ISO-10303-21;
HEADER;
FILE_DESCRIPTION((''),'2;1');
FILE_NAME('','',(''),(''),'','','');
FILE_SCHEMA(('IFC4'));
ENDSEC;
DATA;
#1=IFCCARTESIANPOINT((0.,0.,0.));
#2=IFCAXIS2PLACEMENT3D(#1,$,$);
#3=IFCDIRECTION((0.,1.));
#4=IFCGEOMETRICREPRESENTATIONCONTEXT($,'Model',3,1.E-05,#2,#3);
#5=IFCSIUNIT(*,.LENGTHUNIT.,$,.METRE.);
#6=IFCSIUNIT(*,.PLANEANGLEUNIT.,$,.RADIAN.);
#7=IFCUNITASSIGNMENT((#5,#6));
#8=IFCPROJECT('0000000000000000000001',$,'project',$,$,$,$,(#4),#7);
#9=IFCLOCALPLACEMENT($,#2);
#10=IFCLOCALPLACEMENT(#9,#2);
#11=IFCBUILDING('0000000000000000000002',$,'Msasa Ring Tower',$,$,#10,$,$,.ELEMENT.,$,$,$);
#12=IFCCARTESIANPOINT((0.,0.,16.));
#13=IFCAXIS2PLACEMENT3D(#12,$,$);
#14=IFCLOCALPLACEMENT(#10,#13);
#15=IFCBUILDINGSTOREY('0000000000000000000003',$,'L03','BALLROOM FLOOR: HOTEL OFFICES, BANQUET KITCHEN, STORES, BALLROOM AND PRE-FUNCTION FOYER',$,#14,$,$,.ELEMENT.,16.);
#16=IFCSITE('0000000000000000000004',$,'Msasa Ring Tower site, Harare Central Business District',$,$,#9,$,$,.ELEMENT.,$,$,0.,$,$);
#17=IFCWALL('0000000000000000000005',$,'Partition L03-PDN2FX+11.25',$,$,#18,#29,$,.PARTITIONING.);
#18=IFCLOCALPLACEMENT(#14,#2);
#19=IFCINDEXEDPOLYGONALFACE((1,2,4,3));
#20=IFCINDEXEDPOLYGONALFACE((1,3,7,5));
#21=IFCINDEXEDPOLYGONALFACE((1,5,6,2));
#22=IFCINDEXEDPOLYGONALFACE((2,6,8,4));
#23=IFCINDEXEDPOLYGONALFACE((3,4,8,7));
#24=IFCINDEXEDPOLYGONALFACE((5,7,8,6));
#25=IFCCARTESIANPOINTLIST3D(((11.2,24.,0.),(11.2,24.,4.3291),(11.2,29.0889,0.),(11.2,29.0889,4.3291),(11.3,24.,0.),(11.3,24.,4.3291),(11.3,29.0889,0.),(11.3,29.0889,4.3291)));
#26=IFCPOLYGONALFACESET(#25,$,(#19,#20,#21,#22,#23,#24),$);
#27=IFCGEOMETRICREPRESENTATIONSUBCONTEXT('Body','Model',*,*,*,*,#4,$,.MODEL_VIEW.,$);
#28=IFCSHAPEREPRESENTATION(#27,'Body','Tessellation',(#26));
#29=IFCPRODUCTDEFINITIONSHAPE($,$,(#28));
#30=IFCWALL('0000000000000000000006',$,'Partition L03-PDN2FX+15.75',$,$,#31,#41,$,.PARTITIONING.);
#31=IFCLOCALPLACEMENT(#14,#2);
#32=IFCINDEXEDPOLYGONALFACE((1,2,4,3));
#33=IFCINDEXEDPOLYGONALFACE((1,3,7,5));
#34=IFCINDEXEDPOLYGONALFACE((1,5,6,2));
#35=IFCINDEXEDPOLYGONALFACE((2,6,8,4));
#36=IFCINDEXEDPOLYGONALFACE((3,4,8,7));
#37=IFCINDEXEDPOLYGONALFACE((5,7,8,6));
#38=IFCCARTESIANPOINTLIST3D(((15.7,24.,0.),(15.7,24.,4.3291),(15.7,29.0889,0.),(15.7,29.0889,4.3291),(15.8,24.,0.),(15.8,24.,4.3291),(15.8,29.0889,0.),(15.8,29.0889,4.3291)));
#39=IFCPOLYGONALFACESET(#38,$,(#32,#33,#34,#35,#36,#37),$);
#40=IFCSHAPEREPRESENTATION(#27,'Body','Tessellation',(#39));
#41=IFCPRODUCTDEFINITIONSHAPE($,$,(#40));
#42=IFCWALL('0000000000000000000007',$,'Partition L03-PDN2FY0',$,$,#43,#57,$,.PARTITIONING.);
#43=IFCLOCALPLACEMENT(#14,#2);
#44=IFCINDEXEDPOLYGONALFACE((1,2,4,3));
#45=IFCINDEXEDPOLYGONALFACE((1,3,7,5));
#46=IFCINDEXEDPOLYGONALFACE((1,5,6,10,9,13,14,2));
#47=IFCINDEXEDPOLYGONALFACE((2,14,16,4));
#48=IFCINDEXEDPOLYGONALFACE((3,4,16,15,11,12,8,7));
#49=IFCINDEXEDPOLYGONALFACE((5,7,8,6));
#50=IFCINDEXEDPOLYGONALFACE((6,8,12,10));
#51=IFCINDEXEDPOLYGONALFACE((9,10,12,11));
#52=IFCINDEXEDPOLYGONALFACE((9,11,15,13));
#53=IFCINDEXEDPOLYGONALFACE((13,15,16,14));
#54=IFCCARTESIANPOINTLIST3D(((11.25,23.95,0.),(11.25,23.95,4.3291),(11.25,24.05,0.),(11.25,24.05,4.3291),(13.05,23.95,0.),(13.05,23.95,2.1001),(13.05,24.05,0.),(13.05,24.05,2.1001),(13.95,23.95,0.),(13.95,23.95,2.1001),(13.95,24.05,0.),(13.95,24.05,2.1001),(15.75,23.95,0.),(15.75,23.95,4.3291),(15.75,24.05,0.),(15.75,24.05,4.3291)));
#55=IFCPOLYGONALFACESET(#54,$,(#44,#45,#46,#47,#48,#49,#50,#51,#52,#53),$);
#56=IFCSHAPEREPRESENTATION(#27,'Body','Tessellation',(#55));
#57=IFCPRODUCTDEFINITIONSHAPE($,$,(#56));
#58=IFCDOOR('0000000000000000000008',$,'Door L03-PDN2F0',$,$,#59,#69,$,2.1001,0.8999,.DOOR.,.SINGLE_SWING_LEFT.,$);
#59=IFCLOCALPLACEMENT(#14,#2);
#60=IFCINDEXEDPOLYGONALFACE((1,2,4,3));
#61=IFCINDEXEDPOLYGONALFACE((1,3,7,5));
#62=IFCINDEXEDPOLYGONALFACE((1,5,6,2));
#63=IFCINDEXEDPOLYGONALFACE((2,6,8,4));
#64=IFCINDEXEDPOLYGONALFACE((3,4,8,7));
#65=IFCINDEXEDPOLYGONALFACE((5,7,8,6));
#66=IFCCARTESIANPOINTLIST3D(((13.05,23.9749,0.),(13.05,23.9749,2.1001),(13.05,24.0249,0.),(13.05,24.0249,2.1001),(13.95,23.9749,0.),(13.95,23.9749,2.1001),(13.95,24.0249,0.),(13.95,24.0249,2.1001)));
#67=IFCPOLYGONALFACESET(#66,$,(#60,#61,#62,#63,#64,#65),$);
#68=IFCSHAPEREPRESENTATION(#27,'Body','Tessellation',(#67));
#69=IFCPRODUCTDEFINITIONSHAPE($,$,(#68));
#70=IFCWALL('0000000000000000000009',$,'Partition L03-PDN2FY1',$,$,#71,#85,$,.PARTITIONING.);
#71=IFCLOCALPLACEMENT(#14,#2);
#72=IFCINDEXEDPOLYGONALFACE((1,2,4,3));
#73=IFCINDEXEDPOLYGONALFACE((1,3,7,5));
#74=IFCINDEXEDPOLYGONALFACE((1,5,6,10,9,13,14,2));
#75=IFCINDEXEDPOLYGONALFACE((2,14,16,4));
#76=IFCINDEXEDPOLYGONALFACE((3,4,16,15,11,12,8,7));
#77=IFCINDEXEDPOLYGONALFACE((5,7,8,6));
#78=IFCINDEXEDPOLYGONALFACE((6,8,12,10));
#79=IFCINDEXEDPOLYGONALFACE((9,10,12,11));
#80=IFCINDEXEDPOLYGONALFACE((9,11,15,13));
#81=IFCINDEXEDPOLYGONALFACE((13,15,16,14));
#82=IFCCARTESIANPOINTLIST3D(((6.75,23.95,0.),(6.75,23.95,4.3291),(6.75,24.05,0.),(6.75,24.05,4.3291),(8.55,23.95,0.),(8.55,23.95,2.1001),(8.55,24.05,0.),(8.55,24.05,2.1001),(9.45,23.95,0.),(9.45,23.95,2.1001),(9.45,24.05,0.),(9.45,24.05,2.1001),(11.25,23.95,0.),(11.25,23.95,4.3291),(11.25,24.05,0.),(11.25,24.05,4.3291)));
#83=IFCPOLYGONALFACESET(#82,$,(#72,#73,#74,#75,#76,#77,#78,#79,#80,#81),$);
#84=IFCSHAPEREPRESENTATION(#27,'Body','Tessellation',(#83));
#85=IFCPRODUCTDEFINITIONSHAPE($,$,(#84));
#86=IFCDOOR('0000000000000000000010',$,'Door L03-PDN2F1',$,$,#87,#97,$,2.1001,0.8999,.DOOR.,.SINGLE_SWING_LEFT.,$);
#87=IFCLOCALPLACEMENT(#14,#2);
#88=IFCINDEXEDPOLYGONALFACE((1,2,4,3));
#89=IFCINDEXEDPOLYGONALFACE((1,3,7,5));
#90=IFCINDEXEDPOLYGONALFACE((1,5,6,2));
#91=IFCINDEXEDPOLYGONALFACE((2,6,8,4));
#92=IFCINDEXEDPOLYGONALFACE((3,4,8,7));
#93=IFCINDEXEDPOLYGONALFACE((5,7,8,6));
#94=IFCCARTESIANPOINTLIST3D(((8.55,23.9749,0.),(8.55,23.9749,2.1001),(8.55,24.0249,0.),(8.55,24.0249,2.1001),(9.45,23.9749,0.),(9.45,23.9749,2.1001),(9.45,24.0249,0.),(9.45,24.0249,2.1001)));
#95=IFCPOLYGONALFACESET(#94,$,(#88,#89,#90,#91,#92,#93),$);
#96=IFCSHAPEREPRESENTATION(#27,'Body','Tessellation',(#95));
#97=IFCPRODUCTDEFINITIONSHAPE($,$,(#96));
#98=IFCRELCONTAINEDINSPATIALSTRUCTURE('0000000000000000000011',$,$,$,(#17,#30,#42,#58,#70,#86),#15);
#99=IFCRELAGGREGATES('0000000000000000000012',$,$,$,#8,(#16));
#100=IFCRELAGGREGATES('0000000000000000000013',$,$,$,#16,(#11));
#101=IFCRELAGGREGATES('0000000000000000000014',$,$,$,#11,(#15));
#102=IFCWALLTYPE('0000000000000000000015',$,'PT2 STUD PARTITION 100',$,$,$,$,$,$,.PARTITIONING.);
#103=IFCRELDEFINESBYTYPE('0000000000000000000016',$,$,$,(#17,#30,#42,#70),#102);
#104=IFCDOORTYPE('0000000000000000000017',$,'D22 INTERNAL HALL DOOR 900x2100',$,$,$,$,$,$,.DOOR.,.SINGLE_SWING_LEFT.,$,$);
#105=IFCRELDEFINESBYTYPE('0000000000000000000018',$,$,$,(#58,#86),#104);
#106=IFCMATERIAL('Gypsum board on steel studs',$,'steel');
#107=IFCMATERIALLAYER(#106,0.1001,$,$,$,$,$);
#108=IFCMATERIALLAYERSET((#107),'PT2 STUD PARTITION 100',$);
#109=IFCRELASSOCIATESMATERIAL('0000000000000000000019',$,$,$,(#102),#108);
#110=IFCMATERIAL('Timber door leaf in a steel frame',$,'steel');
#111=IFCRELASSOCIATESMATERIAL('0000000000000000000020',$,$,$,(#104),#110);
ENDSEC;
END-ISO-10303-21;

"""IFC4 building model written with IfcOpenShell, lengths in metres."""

from ifc_helpers import new_model, si_unit, direction, frame, frame_2d, origin, place, context, subcontext, project, spatial, rectangle, extrude, material, layer, layer_set, type_object, element, fill, save


model = new_model("IFC4")

# Units and contexts
model_context = context("Model", 3, precision=1e-05, world=origin(), true_north=direction((0.0, 1.0)))
body_context = subcontext(model_context, "Body", "Model", "MODEL_VIEW")
ifc_project = project(units=[si_unit("LENGTHUNIT", "METRE"), si_unit("PLANEANGLEUNIT", "RADIAN")], contexts=[model_context])

# Site, building, storey
site_placement = place(None, origin())
site = spatial("IfcSite", under=ifc_project, at=site_placement, Name="Msasa Ring Tower site, Harare Central Business District", CompositionType="ELEMENT", RefElevation=0.0)
building_placement = place(site_placement, origin())
building = spatial("IfcBuilding", under=site, at=building_placement, Name="Msasa Ring Tower", CompositionType="ELEMENT")
storey_placement = place(building_placement, frame((0.0, 0.0, 16.0)))
storey = spatial("IfcBuildingStorey", under=building, at=storey_placement, Name="L03", Description="BALLROOM FLOOR: HOTEL OFFICES, BANQUET KITCHEN, STORES, BALLROOM AND PRE-FUNCTION FOYER", CompositionType="ELEMENT", Elevation=16.0)

# Shared definitions
ifc_material_1 = material(Name="Gypsum board on steel studs", Category="steel")
ifc_layer = layer(ifc_material_1, 0.1001)
ifc_layer_set = layer_set([ifc_layer], Name="PT2 STUD PARTITION 100")
wall_type = type_object("IfcWallType", Name="PT2 STUD PARTITION 100", PredefinedType="PARTITIONING", material=ifc_layer_set)

# Shared definitions
ifc_material_2 = material(Name="Timber door leaf in a steel frame", Category="steel")
door_type_1 = type_object("IfcDoorType", Name="D22 INTERNAL HALL DOOR 900x2100", OperationType="SINGLE_SWING_LEFT", PredefinedType="DOOR", material=ifc_material_2)

# Walls
for number, where, z_axis, x_axis, name in (
    (1, (11.25, 24.0, 0.0), (0.0, 0.0, 1.0), (0.0, 1.0, 0.0), "Partition L03-PDN2FX+11.25"),
    (2, (15.75, 24.0, 0.0), (0.0, 0.0, 1.0), (0.0, 1.0, 0.0), "Partition L03-PDN2FX+15.75"),
):
    element("IfcWall", number, at=place(storey_placement, frame(where, z_axis=z_axis, x_axis=x_axis)), inside=storey, type_object=wall_type, Name=name, PredefinedType="PARTITIONING", context=body_context, shape_type="SweptSolid", body=[
        extrude(rectangle(XDim=5.0889, YDim=0.1001, at=frame_2d((2.5444, 0.0))), origin(), (0.0, 0.0, 1.0), 4.3291),
    ])

# Walls, openings, doors
wall_1_placement = place(storey_placement, frame((11.25, 24.0, 0.0), z_axis=(0.0, 0.0, 1.0), x_axis=(1.0, 0.0, 0.0)))
wall_1 = element("IfcWall", 3, at=wall_1_placement, inside=storey, type_object=wall_type, Name="Partition L03-PDN2FY0", PredefinedType="PARTITIONING", context=body_context, shape_type="SweptSolid", body=[
    extrude(rectangle(XDim=4.5, YDim=0.1001, at=frame_2d((2.25, 0.0))), origin(), (0.0, 0.0, 1.0), 4.3291),
])
opening_1_placement = place(wall_1_placement, frame((1.8, 0.0, 0.0)))
opening_1 = element("IfcOpeningElement", 4, at=opening_1_placement, cuts=wall_1, PredefinedType="OPENING", context=body_context, shape_type="SweptSolid", body=[
    extrude(rectangle(XDim=0.8999, YDim=2.1001, at=frame_2d((0.45, 1.05))), frame((0.0, 0.0601, 0.0), z_axis=(0.0, -1.0, 0.0), x_axis=(1.0, 0.0, 0.0)), (0.0, 0.0, 1.0), 0.1201),
])
door_1_placement = place(opening_1_placement, origin())
door_1 = element("IfcDoor", 5, at=door_1_placement, inside=storey, type_object=door_type_1, Name="Door L03-PDN2F0", OperationType="SINGLE_SWING_LEFT", OverallHeight=2.1001, OverallWidth=0.8999, PredefinedType="DOOR", context=body_context, shape_type="SweptSolid", body=[
    extrude(rectangle(XDim=0.8999, YDim=2.1001, at=frame_2d((0.45, 1.05))), frame((0.0, 0.0249, 0.0), z_axis=(0.0, -1.0, 0.0), x_axis=(1.0, 0.0, 0.0)), (0.0, 0.0, 1.0), 0.05),
])
fill(opening_1, door_1)
wall_2_placement = place(storey_placement, frame((6.75, 24.0, 0.0), z_axis=(0.0, 0.0, 1.0), x_axis=(1.0, 0.0, 0.0)))
wall_2 = element("IfcWall", 6, at=wall_2_placement, inside=storey, type_object=wall_type, Name="Partition L03-PDN2FY1", PredefinedType="PARTITIONING", context=body_context, shape_type="SweptSolid", body=[
    extrude(rectangle(XDim=4.5, YDim=0.1001, at=frame_2d((2.25, 0.0))), origin(), (0.0, 0.0, 1.0), 4.3291),
])
opening_2_placement = place(wall_2_placement, frame((1.8, 0.0, 0.0)))
opening_2 = element("IfcOpeningElement", 7, at=opening_2_placement, cuts=wall_2, PredefinedType="OPENING", context=body_context, shape_type="SweptSolid", body=[
    extrude(rectangle(XDim=0.8999, YDim=2.1001, at=frame_2d((0.45, 1.05))), frame((0.0, 0.0601, 0.0), z_axis=(0.0, -1.0, 0.0), x_axis=(1.0, 0.0, 0.0)), (0.0, 0.0, 1.0), 0.1201),
])
door_2_placement = place(opening_2_placement, origin())
door_2 = element("IfcDoor", 8, at=door_2_placement, inside=storey, type_object=door_type_1, Name="Door L03-PDN2F1", OperationType="SINGLE_SWING_LEFT", OverallHeight=2.1001, OverallWidth=0.8999, PredefinedType="DOOR", context=body_context, shape_type="SweptSolid", body=[
    extrude(rectangle(XDim=0.8999, YDim=2.1001, at=frame_2d((0.45, 1.05))), frame((0.0, 0.0249, 0.0), z_axis=(0.0, -1.0, 0.0), x_axis=(1.0, 0.0, 0.0)), (0.0, 0.0, 1.0), 0.05),
])
fill(opening_2, door_2)

save(model, "model.ifc")
